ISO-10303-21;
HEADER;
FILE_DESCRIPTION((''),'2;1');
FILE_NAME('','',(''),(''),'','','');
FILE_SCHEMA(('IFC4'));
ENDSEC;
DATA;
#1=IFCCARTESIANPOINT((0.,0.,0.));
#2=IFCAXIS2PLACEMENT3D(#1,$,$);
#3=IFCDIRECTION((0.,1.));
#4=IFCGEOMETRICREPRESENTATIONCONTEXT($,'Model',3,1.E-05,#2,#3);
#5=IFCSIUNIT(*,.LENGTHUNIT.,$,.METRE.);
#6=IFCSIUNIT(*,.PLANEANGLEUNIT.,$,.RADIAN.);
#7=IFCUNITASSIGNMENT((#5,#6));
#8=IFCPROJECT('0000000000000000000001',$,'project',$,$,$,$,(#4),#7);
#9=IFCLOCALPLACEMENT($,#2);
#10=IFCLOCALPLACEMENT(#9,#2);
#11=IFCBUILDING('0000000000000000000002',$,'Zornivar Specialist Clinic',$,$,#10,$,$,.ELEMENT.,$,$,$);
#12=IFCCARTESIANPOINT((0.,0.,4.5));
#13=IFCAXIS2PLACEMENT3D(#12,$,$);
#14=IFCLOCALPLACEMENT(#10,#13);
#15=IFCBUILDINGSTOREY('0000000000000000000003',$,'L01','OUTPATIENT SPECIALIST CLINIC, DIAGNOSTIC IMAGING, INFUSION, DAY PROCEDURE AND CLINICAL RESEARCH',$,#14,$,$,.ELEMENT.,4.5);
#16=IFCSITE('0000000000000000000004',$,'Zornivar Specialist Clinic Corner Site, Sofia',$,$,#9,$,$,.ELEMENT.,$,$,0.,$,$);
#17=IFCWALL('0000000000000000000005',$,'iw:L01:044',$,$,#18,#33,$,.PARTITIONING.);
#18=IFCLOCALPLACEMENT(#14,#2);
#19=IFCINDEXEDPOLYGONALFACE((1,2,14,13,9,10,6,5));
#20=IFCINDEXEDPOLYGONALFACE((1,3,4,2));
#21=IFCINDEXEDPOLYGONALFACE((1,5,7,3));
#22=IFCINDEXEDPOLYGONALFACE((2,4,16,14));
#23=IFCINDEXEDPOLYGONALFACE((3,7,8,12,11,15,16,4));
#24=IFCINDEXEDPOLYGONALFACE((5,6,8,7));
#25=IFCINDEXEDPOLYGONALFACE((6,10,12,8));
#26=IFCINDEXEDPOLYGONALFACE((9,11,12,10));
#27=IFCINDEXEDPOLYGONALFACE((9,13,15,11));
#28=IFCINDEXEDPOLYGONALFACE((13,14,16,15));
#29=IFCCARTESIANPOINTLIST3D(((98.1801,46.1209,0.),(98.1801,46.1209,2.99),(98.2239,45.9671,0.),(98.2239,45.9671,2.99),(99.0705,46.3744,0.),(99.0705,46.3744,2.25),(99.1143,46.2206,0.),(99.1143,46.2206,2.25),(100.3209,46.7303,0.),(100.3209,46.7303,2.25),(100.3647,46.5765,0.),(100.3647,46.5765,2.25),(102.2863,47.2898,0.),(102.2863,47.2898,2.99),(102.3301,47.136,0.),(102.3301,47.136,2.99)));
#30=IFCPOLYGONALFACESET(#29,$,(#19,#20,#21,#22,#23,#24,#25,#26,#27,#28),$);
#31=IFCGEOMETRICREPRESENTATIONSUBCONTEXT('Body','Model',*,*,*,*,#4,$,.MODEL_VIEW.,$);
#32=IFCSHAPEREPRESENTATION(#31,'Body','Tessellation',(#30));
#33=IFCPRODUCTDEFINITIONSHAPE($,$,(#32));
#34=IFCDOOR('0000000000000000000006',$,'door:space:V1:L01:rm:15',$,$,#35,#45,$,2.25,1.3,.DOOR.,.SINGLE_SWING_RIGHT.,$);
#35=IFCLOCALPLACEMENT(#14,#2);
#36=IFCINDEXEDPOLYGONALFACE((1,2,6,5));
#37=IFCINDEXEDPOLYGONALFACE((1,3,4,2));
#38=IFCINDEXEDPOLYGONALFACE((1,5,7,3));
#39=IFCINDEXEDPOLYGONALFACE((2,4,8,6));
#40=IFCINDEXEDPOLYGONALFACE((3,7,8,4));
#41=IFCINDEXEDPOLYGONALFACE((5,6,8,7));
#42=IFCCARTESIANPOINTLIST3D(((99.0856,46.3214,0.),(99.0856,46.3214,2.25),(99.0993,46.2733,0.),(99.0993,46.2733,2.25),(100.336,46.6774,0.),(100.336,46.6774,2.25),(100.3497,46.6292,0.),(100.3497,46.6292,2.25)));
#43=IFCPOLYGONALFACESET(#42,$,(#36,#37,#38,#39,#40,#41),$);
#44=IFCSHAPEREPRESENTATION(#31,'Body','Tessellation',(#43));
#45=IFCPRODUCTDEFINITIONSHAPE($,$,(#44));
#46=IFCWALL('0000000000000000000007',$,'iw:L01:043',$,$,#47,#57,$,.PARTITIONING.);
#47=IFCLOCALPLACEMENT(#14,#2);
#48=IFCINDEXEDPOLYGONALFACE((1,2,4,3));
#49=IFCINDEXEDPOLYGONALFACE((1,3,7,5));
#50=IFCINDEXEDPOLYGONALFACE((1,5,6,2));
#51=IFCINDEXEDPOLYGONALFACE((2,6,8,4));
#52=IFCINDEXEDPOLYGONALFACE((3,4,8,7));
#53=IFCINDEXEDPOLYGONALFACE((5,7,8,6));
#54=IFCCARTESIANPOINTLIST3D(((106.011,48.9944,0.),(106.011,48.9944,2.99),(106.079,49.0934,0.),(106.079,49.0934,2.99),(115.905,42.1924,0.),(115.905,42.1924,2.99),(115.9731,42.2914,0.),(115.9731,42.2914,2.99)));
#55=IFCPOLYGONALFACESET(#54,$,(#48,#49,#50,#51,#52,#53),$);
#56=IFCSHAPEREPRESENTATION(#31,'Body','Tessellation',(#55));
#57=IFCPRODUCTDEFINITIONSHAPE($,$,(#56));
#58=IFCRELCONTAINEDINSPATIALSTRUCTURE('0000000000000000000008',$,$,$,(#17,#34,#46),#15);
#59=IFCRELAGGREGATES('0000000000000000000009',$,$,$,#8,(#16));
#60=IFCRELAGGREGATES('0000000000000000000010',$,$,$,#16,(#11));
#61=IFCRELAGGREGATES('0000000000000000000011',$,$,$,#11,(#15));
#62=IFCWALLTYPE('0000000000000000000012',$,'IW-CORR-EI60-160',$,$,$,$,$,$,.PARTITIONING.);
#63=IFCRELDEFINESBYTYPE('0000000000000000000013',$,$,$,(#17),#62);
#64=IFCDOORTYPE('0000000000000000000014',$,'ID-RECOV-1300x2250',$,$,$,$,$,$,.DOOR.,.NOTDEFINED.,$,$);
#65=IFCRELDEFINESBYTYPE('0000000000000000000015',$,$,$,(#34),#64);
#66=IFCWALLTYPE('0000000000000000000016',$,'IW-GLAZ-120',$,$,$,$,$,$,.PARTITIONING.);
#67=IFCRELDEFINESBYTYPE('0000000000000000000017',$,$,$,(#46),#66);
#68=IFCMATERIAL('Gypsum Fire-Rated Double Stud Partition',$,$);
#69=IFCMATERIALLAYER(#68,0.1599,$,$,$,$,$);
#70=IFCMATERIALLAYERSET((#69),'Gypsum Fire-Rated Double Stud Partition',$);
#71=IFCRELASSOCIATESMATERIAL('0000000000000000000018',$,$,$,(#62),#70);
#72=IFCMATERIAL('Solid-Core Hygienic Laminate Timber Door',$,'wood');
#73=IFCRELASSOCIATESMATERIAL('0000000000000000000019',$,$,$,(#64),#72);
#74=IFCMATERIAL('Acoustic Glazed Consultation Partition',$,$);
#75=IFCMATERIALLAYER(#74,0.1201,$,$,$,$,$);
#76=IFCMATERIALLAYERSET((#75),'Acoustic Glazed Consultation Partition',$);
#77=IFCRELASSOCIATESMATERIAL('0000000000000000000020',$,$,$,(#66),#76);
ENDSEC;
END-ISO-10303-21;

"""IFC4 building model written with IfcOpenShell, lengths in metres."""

from ifc_helpers import new_model, si_unit, direction, frame, frame_2d, origin, place, context, subcontext, project, spatial, rectangle, extrude, material, layer, layer_set, type_object, element, fill, save


model = new_model("IFC4")

# Units and contexts
model_context = context("Model", 3, precision=1e-05, world=origin(), true_north=direction((0.0, 1.0)))
body_context = subcontext(model_context, "Body", "Model", "MODEL_VIEW")
ifc_project = project(units=[si_unit("LENGTHUNIT", "METRE"), si_unit("PLANEANGLEUNIT", "RADIAN")], contexts=[model_context])

# Site, building, storey
site_placement = place(None, origin())
site = spatial("IfcSite", under=ifc_project, at=site_placement, Name="Zornivar Specialist Clinic Corner Site, Sofia", CompositionType="ELEMENT", RefElevation=0.0)
building_placement = place(site_placement, origin())
building = spatial("IfcBuilding", under=site, at=building_placement, Name="Zornivar Specialist Clinic", CompositionType="ELEMENT")
storey_placement = place(building_placement, frame((0.0, 0.0, 4.5)))
storey = spatial("IfcBuildingStorey", under=building, at=storey_placement, Name="L01", Description="OUTPATIENT SPECIALIST CLINIC, DIAGNOSTIC IMAGING, INFUSION, DAY PROCEDURE AND CLINICAL RESEARCH", CompositionType="ELEMENT", Elevation=4.5)

# Shared definitions
ifc_material_1 = material(Name="Gypsum Fire-Rated Double Stud Partition")
ifc_layer_1 = layer(ifc_material_1, 0.1599)
ifc_layer_set_1 = layer_set([ifc_layer_1], Name="Gypsum Fire-Rated Double Stud Partition")
wall_type_1 = type_object("IfcWallType", Name="IW-CORR-EI60-160", PredefinedType="PARTITIONING", material=ifc_layer_set_1)

# Wall, opening, door
wall_1_placement = place(storey_placement, frame((98.2019, 46.0439, 0.0), z_axis=(0.0, 0.0, 1.0), x_axis=(0.961787, 0.2738, 0.0)))
wall_1 = element("IfcWall", 1, at=wall_1_placement, inside=storey, type_object=wall_type_1, Name="iw:L01:044", PredefinedType="PARTITIONING", context=body_context, shape_type="SweptSolid", body=[
    extrude(rectangle(XDim=4.2693, YDim=0.1599, at=frame_2d((2.1348, 0.0))), origin(), (0.0, 0.0, 1.0), 2.99),
])
opening_1_placement = place(wall_1_placement, frame((0.926, 0.0, 0.0)))
opening_1 = element("IfcOpeningElement", 2, at=opening_1_placement, cuts=wall_1, PredefinedType="OPENING", context=body_context, shape_type="SweptSolid", body=[
    extrude(rectangle(XDim=1.3, YDim=2.25, at=frame_2d((0.6499, 1.125))), frame((0.0, 0.0898, 0.0), z_axis=(0.0, -1.0, 0.0), x_axis=(1.0, 0.0, 0.0)), (0.0, 0.0, 1.0), 0.1799),
])
ifc_material_2 = material(Name="Solid-Core Hygienic Laminate Timber Door", Category="wood")
door_type_1 = type_object("IfcDoorType", Name="ID-RECOV-1300x2250", OperationType="NOTDEFINED", PredefinedType="DOOR", material=ifc_material_2)
door_1_placement = place(opening_1_placement, origin())
door_1 = element("IfcDoor", 3, at=door_1_placement, inside=storey, type_object=door_type_1, Name="door:space:V1:L01:rm:15", OperationType="SINGLE_SWING_RIGHT", OverallHeight=2.25, OverallWidth=1.3, PredefinedType="DOOR", context=body_context, shape_type="SweptSolid", body=[
    extrude(rectangle(XDim=1.3, YDim=2.25, at=frame_2d((0.6499, 1.125))), frame((0.0, 0.0249, 0.0), z_axis=(0.0, -1.0, 0.0), x_axis=(1.0, 0.0, 0.0)), (0.0, 0.0, 1.0), 0.05),
])
fill(opening_1, door_1)

# Wall
ifc_material_3 = material(Name="Acoustic Glazed Consultation Partition")
ifc_layer_2 = layer(ifc_material_3, 0.1201)
ifc_layer_set_2 = layer_set([ifc_layer_2], Name="Acoustic Glazed Consultation Partition")
wall_type_2 = type_object("IfcWallType", Name="IW-GLAZ-120", PredefinedType="PARTITIONING", material=ifc_layer_set_2)
wall_2_placement = place(storey_placement, frame((106.0449, 49.0439, 0.0), z_axis=(0.0, 0.0, 1.0), x_axis=(0.824048, -0.56652, 0.0)))
element("IfcWall", 4, at=wall_2_placement, inside=storey, type_object=wall_type_2, Name="iw:L01:043", PredefinedType="PARTITIONING", context=body_context, shape_type="SweptSolid", body=[
    extrude(rectangle(XDim=12.0066, YDim=0.1201, at=frame_2d((6.0034, 0.0))), origin(), (0.0, 0.0, 1.0), 2.99),
])

save(model, "model.ifc")
